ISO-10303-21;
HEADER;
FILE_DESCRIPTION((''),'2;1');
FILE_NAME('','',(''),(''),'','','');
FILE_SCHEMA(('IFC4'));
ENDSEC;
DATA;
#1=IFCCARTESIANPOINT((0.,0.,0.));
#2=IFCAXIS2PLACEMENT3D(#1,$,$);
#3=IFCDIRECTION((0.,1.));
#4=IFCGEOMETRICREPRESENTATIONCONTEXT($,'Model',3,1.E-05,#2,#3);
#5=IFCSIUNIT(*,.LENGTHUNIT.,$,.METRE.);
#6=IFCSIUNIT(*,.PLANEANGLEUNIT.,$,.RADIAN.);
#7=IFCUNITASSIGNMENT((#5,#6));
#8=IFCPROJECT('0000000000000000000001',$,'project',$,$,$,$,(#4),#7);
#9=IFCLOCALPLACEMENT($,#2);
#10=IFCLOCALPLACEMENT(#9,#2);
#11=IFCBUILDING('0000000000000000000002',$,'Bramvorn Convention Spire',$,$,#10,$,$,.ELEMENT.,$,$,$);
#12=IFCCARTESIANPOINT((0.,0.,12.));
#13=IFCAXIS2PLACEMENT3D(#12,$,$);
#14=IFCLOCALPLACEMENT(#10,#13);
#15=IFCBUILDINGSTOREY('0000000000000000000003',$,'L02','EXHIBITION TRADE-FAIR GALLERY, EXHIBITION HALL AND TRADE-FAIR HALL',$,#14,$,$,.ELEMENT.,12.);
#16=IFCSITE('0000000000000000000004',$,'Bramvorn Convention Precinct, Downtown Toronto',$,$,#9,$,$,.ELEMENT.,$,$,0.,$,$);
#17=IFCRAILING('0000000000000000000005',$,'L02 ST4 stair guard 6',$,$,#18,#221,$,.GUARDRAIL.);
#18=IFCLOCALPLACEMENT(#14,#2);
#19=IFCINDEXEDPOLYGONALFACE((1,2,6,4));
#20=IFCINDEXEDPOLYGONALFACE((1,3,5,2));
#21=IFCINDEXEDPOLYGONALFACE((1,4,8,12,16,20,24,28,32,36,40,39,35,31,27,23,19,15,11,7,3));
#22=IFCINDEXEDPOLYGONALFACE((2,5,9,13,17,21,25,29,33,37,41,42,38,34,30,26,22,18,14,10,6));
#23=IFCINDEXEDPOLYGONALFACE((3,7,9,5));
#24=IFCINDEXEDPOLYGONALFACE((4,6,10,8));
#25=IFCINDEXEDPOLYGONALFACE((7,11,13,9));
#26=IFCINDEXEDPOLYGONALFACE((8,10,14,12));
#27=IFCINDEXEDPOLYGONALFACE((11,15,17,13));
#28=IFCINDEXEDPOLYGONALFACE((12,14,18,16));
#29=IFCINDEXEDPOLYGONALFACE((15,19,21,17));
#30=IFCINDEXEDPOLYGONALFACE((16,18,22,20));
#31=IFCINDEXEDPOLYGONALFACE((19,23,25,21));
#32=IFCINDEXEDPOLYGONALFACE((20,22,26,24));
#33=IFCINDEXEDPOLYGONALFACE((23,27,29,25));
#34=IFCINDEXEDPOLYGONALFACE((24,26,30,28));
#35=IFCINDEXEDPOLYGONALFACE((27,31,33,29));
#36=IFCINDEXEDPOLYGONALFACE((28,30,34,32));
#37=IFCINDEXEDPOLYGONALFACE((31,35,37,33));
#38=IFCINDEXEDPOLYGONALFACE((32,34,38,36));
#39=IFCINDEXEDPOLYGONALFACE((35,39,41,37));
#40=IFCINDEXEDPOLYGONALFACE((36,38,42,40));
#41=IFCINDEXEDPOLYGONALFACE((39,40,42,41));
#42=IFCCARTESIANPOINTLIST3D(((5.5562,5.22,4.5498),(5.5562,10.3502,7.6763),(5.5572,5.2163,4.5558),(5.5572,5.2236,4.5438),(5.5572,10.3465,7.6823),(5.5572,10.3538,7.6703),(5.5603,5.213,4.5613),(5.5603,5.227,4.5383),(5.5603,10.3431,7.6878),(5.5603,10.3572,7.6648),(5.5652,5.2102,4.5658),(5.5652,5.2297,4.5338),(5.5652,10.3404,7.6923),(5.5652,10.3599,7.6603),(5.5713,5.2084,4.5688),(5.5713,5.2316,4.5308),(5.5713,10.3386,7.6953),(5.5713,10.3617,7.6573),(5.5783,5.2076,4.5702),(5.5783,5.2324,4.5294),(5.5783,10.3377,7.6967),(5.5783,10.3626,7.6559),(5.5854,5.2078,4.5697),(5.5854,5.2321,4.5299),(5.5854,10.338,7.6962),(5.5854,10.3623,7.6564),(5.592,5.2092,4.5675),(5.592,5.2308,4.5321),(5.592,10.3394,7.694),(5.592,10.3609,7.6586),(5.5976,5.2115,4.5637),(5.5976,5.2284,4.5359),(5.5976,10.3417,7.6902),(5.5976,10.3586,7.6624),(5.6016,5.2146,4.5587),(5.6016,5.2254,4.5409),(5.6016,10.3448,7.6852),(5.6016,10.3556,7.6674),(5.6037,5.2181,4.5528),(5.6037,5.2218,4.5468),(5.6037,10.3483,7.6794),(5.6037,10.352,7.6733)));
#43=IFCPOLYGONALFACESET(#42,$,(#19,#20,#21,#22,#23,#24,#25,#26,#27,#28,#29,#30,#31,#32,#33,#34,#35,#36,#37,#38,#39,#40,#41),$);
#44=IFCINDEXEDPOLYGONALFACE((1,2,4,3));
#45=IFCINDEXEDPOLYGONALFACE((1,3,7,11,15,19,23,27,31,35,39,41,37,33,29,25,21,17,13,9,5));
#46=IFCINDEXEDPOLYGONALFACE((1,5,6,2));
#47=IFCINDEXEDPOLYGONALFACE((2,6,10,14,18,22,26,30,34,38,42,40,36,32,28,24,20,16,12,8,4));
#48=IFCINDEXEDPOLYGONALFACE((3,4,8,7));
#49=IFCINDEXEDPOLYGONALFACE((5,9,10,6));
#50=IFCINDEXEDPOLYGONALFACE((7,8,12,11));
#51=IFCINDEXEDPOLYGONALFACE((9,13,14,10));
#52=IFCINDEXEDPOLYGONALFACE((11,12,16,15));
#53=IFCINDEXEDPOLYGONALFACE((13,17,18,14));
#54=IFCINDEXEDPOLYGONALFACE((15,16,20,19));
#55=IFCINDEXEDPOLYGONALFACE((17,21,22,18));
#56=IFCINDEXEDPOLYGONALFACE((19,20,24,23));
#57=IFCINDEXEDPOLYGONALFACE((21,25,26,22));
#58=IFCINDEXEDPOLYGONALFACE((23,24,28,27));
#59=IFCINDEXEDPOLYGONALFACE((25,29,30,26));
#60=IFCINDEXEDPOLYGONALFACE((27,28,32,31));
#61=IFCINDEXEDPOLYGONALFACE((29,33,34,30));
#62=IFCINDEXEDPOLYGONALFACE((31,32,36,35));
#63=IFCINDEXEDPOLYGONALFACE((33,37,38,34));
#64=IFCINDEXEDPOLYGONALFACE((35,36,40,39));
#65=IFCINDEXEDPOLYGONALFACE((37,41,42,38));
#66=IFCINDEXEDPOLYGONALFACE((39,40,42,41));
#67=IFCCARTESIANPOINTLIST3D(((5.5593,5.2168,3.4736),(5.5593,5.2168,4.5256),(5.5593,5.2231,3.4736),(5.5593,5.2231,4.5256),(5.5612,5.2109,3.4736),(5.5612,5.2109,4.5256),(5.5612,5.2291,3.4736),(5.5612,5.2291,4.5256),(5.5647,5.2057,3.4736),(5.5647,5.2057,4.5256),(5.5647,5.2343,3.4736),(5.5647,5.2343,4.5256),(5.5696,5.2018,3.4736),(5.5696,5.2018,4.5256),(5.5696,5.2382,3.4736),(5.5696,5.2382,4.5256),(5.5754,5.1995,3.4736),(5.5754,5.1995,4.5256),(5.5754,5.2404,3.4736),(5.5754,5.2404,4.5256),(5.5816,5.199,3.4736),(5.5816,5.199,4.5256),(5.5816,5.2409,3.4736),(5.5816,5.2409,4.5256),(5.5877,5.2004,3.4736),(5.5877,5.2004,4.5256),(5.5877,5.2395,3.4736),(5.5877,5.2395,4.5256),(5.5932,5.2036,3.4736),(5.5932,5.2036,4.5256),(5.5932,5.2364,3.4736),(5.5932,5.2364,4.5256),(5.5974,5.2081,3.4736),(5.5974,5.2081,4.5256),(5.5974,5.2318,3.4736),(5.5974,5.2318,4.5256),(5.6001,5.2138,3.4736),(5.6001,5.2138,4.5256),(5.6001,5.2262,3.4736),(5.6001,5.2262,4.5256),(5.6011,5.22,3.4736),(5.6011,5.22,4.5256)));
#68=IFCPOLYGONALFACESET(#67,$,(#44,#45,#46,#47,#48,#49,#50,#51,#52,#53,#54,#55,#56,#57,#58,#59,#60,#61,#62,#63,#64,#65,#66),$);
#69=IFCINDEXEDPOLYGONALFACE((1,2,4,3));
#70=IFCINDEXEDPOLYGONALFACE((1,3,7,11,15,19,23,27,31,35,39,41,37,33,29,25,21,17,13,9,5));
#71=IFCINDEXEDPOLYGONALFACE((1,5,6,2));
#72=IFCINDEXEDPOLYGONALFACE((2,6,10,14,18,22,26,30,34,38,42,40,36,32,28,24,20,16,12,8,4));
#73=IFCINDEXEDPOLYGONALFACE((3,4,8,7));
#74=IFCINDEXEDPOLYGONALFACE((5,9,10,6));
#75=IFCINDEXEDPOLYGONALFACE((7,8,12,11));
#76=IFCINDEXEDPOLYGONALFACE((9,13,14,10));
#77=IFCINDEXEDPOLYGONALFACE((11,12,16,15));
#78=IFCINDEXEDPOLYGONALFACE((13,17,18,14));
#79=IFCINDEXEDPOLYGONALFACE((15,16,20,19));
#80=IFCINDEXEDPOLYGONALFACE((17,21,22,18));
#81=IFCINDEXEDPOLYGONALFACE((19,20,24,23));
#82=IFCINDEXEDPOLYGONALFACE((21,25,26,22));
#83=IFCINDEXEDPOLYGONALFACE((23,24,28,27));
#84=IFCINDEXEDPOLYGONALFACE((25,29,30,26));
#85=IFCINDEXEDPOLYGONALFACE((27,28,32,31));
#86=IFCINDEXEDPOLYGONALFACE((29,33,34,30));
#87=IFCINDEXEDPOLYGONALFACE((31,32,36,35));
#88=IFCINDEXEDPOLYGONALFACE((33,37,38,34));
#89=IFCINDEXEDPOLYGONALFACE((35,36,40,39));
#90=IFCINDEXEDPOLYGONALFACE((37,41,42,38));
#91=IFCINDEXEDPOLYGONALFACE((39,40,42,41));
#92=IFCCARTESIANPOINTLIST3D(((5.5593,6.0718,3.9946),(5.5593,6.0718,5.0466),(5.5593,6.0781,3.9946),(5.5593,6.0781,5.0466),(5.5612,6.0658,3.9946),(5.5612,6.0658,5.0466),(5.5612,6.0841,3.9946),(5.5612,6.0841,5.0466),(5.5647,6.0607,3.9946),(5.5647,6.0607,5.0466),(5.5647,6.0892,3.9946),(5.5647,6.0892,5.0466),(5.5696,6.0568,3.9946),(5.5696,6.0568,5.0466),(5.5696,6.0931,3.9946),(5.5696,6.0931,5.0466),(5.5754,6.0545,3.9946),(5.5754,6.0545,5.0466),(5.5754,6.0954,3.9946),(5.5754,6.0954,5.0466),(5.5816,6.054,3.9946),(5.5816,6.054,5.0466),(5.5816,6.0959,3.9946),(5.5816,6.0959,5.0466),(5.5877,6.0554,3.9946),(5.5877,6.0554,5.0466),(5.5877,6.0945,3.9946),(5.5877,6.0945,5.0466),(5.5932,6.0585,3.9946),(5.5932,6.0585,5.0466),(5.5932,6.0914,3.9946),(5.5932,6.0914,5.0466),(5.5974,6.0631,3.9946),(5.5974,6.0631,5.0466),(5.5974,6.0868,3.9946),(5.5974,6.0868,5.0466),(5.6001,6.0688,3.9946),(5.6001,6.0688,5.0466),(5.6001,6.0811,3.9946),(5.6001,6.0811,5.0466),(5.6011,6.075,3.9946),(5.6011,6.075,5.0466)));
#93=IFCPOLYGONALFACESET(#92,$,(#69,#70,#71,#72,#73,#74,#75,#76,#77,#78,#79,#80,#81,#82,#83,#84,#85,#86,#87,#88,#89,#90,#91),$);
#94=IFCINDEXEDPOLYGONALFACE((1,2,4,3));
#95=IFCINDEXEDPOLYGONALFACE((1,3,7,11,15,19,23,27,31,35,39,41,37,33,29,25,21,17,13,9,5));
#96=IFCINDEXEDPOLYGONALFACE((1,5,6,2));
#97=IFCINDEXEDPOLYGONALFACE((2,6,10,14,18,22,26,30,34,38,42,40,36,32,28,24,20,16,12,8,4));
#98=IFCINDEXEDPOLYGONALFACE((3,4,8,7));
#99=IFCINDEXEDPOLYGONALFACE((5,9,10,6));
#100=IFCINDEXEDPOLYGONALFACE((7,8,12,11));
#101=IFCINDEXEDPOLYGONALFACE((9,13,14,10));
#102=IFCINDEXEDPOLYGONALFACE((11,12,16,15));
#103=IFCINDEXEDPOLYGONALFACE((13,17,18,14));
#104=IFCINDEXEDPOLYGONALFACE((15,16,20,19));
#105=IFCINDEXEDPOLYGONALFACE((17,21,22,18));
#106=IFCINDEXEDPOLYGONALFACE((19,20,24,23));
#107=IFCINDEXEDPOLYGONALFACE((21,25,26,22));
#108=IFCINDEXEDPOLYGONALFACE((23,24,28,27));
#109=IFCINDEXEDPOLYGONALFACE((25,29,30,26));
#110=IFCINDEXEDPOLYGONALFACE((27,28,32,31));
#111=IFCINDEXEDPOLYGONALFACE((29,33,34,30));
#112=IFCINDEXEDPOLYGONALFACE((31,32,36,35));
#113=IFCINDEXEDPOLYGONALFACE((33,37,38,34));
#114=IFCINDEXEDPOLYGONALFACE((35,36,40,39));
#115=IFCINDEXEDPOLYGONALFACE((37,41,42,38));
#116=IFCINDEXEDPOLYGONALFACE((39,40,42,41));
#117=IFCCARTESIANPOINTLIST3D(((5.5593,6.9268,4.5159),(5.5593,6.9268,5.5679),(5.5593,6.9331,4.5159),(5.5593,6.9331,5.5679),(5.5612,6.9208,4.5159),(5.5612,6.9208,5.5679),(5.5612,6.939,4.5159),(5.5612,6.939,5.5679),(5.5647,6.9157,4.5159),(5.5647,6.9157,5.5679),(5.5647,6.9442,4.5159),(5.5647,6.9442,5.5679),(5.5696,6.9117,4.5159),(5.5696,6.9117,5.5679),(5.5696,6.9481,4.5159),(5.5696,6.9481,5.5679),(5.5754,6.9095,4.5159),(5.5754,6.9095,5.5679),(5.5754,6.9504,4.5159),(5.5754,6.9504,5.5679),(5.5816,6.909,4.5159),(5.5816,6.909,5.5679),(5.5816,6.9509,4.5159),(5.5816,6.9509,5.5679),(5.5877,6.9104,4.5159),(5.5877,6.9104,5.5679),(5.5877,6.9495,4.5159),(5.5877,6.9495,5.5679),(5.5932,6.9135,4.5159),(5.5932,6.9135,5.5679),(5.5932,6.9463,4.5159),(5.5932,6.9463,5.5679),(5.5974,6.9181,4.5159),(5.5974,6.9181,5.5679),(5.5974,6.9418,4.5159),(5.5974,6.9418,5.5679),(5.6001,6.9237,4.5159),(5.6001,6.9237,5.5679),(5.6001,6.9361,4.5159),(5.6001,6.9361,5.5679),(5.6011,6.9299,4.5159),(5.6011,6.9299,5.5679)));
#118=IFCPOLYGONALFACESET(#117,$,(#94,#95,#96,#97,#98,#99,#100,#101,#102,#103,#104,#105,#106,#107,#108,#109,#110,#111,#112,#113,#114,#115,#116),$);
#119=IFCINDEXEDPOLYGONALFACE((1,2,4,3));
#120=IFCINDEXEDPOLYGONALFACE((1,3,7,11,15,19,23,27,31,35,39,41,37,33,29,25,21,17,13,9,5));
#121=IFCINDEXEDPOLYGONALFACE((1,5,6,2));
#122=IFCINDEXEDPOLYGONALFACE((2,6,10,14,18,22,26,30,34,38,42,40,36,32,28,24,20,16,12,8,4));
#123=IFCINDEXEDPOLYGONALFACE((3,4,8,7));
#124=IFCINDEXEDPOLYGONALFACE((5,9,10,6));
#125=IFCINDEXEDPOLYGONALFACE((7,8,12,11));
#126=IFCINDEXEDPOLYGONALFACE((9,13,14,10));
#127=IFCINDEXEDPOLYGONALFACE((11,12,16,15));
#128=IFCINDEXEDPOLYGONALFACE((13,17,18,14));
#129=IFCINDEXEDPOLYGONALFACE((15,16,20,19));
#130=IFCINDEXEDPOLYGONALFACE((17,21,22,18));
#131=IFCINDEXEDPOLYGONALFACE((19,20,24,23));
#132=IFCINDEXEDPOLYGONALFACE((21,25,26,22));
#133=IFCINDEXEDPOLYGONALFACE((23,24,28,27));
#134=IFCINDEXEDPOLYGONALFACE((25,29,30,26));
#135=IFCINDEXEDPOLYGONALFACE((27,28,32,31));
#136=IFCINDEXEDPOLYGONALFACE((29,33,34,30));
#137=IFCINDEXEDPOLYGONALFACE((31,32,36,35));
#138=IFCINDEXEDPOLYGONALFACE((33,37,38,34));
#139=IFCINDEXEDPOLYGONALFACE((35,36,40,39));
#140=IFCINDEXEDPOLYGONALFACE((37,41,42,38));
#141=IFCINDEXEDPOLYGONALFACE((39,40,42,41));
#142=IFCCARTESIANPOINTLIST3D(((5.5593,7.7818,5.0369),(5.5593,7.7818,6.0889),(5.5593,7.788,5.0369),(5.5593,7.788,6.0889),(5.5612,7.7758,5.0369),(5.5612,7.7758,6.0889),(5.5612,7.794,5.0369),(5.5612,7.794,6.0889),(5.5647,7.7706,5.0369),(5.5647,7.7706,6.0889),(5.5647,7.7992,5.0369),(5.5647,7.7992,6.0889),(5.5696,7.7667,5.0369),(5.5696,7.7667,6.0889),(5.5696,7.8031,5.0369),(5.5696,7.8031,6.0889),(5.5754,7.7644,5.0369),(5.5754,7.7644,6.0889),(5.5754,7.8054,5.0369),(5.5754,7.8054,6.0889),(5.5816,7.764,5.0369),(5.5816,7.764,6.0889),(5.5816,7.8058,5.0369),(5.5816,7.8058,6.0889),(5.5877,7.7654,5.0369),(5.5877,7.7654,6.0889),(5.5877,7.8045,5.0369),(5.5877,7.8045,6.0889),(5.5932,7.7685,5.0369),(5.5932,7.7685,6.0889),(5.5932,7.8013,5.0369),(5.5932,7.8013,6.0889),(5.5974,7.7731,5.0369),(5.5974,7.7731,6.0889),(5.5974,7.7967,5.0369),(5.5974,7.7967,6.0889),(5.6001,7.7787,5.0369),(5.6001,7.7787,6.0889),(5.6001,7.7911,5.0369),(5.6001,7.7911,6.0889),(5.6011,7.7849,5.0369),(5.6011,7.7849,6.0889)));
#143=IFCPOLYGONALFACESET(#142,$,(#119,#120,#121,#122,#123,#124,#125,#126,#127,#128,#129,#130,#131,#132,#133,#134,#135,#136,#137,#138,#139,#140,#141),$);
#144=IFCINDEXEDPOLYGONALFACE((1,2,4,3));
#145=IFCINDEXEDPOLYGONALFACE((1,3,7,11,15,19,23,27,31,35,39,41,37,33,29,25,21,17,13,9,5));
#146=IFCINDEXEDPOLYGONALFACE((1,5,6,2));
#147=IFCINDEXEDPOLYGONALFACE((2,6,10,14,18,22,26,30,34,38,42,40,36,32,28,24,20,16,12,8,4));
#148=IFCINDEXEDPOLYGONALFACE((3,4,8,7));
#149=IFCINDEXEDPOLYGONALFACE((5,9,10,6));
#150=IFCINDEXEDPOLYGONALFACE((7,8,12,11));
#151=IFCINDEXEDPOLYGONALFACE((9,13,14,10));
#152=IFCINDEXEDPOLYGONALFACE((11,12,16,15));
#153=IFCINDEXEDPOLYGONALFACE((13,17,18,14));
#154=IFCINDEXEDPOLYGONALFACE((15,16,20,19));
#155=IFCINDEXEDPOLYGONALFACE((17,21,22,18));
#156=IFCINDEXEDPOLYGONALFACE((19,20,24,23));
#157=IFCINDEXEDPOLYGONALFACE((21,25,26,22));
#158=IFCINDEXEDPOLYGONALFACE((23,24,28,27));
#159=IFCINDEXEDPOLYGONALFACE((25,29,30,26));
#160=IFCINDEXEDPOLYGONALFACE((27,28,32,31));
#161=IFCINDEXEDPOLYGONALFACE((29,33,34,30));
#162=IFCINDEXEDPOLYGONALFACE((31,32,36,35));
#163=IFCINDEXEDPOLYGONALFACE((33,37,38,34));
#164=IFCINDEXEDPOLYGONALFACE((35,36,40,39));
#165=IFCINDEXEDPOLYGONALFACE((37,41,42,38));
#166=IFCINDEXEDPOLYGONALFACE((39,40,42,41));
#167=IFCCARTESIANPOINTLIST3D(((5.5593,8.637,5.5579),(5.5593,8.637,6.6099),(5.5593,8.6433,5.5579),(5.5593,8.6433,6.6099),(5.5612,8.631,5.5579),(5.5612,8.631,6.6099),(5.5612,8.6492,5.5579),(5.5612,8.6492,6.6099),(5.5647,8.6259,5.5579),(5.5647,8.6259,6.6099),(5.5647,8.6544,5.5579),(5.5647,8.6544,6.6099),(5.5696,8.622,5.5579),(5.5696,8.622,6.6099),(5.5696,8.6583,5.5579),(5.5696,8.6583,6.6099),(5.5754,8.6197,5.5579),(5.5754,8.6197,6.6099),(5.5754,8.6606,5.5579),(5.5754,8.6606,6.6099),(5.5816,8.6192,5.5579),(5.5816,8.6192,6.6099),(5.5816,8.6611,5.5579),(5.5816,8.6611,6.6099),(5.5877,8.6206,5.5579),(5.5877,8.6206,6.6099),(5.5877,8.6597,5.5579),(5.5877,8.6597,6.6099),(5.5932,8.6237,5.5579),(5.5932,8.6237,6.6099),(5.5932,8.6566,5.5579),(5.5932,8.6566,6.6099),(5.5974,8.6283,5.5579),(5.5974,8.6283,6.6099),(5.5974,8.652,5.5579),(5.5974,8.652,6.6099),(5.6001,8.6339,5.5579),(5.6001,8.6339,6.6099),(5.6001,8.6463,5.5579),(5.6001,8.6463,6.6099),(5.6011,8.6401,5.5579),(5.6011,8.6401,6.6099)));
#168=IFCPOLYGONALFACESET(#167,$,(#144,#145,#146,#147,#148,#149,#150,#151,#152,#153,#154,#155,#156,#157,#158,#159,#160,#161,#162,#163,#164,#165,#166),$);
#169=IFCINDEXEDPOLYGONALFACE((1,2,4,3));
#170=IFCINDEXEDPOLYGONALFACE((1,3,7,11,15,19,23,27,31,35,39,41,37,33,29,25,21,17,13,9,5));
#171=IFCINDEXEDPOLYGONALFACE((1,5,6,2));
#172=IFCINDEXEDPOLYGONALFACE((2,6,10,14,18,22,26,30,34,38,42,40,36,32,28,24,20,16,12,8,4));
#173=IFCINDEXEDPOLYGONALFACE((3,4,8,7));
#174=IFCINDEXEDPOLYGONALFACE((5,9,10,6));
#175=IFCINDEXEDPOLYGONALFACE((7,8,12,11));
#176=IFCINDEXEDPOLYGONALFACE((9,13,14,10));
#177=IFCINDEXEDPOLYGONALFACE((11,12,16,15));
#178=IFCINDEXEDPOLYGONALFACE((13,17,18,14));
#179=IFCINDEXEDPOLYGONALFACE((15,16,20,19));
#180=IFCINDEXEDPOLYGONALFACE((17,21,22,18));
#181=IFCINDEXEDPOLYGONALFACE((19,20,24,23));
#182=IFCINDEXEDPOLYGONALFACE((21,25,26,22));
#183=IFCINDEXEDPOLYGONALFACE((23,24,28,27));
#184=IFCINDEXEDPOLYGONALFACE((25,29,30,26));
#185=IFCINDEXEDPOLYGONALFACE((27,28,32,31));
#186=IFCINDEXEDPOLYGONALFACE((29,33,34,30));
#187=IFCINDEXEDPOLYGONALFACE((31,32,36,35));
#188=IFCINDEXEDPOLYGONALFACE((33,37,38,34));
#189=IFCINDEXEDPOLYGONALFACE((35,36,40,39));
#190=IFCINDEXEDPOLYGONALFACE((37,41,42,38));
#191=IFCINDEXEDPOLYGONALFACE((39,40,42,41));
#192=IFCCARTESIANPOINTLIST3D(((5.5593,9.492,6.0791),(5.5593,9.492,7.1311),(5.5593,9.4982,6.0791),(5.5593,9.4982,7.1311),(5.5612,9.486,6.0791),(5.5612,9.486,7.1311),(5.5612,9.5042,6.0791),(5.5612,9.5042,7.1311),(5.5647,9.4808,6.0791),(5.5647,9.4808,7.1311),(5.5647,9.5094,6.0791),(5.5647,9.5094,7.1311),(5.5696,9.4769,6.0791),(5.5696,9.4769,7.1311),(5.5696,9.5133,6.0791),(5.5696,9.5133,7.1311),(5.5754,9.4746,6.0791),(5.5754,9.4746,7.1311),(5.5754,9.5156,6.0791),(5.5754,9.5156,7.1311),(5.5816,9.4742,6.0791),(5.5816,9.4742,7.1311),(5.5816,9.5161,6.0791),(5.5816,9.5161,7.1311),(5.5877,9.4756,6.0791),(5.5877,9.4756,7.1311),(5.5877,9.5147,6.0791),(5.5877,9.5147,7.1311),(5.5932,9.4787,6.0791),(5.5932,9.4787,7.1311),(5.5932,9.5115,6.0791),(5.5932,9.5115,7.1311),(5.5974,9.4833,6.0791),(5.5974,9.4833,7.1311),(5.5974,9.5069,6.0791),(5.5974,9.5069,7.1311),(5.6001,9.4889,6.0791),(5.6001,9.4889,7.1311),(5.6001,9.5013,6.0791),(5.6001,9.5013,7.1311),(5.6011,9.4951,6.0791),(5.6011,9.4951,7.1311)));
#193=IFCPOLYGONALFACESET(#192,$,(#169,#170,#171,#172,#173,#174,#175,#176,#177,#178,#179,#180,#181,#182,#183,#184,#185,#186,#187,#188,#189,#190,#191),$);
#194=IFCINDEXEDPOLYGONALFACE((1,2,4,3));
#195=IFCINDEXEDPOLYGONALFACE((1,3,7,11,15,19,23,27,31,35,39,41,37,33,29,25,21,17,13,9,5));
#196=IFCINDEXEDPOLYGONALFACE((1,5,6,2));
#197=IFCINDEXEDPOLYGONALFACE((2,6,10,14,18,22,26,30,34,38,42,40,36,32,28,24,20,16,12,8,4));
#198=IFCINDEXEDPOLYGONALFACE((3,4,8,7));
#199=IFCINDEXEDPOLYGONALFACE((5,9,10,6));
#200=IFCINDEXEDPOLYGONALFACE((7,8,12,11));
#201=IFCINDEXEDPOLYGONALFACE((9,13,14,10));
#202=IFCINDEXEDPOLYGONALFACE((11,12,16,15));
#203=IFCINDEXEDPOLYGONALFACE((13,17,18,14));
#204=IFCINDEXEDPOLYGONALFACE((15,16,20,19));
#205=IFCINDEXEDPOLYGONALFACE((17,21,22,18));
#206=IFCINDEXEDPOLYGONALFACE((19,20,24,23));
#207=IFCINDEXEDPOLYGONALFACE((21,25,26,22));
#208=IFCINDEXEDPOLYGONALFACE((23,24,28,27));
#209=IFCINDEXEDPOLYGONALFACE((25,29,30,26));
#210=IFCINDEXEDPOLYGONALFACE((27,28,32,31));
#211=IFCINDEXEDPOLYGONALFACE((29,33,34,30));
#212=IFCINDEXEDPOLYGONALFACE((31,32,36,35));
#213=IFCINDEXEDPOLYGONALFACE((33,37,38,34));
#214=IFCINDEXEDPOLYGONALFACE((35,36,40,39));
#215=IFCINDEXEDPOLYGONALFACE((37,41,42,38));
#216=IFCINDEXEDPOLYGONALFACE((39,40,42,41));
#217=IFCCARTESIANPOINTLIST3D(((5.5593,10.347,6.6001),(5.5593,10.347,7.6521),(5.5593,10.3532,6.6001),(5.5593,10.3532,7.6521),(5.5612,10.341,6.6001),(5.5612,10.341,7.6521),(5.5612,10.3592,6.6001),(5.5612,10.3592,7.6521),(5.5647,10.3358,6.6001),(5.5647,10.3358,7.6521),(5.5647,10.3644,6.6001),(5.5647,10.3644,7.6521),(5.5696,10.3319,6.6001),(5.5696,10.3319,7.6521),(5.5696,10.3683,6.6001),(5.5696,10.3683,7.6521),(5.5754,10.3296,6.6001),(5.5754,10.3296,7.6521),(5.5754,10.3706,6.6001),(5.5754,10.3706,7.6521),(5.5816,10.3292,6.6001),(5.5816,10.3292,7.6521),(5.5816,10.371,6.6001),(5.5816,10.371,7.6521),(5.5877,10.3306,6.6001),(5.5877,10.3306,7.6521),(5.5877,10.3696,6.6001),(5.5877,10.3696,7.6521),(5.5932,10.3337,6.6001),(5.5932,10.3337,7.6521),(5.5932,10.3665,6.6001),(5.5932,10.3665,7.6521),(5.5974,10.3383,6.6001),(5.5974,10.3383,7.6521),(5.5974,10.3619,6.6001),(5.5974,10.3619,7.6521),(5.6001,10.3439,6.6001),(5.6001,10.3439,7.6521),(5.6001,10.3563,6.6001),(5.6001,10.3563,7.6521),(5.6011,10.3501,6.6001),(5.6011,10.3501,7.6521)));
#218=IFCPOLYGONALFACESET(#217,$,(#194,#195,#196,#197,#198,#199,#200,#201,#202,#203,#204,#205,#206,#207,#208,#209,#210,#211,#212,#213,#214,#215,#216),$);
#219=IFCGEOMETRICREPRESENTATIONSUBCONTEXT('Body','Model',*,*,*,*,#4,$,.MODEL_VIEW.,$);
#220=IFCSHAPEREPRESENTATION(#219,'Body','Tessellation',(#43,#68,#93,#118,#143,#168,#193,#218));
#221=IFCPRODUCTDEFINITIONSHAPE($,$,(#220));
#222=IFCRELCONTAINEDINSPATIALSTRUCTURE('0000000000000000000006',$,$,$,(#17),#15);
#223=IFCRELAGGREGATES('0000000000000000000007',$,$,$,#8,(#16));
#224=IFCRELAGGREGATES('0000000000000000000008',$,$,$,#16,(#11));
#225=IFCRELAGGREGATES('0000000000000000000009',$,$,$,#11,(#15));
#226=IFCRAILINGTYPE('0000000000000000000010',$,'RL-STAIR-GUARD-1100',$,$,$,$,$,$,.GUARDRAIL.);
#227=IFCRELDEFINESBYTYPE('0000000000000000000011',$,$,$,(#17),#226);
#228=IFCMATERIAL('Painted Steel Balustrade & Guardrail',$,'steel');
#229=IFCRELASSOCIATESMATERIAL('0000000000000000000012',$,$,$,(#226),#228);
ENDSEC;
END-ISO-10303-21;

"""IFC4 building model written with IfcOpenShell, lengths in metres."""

from ifc_helpers import new_model, si_unit, direction, frame, origin, origin_2d, place, context, subcontext, project, spatial, circle, extrude, material, type_object, element, save


model = new_model("IFC4")

# Units and contexts
model_context = context("Model", 3, precision=1e-05, world=origin(), true_north=direction((0.0, 1.0)))
body_context = subcontext(model_context, "Body", "Model", "MODEL_VIEW")
ifc_project = project(units=[si_unit("LENGTHUNIT", "METRE"), si_unit("PLANEANGLEUNIT", "RADIAN")], contexts=[model_context])

# Site, building, storey
site_placement = place(None, origin())
site = spatial("IfcSite", under=ifc_project, at=site_placement, Name="Bramvorn Convention Precinct, Downtown Toronto", CompositionType="ELEMENT", RefElevation=0.0)
building_placement = place(site_placement, origin())
building = spatial("IfcBuilding", under=site, at=building_placement, Name="Bramvorn Convention Spire", CompositionType="ELEMENT")
storey_placement = place(building_placement, frame((0.0, 0.0, 12.0)))
storey = spatial("IfcBuildingStorey", under=building, at=storey_placement, Name="L02", Description="EXHIBITION TRADE-FAIR GALLERY, EXHIBITION HALL AND TRADE-FAIR HALL", CompositionType="ELEMENT", Elevation=12.0)

# Railing
ifc_material_1 = material(Name="Painted Steel Balustrade & Guardrail", Category="steel")
railing_type_1 = type_object("IfcRailingType", Name="RL-STAIR-GUARD-1100", PredefinedType="GUARDRAIL", material=ifc_material_1)
railing_1_placement = place(storey_placement, frame((5.5801, 5.22, 3.4736)))
element("IfcRailing", 1, at=railing_1_placement, inside=storey, type_object=railing_type_1, Name="L02 ST4 stair guard 6", PredefinedType="GUARDRAIL", context=body_context, shape_type="SweptSolid", body=[
    extrude(circle(Radius=0.0239, at=origin_2d()), frame((0.0, 0.0, 1.0762), z_axis=(0.0, 0.853919, 0.520406), x_axis=(-1.0, 0.0, 0.0)), (0.0, 0.0, 1.0), 6.0078),
    extrude(circle(Radius=0.021, at=origin_2d()), origin(), (0.0, 0.0, 1.0), 1.052),
    extrude(circle(Radius=0.021, at=origin_2d()), frame((0.0, 0.855, 0.521)), (0.0, 0.0, 1.0), 1.052),
    extrude(circle(Radius=0.021, at=origin_2d()), frame((0.0, 1.71, 1.0422)), (0.0, 0.0, 1.0), 1.052),
    extrude(circle(Radius=0.021, at=origin_2d()), frame((0.0, 2.5649, 1.5632)), (0.0, 0.0, 1.0), 1.052),
    extrude(circle(Radius=0.021, at=origin_2d()), frame((0.0, 3.4202, 2.0842)), (0.0, 0.0, 1.0), 1.052),
    extrude(circle(Radius=0.021, at=origin_2d()), frame((0.0, 4.2751, 2.6055)), (0.0, 0.0, 1.0), 1.052),
    extrude(circle(Radius=0.021, at=origin_2d()), frame((0.0, 5.1301, 3.1265)), (0.0, 0.0, 1.0), 1.052),
])

save(model, "model.ifc")
